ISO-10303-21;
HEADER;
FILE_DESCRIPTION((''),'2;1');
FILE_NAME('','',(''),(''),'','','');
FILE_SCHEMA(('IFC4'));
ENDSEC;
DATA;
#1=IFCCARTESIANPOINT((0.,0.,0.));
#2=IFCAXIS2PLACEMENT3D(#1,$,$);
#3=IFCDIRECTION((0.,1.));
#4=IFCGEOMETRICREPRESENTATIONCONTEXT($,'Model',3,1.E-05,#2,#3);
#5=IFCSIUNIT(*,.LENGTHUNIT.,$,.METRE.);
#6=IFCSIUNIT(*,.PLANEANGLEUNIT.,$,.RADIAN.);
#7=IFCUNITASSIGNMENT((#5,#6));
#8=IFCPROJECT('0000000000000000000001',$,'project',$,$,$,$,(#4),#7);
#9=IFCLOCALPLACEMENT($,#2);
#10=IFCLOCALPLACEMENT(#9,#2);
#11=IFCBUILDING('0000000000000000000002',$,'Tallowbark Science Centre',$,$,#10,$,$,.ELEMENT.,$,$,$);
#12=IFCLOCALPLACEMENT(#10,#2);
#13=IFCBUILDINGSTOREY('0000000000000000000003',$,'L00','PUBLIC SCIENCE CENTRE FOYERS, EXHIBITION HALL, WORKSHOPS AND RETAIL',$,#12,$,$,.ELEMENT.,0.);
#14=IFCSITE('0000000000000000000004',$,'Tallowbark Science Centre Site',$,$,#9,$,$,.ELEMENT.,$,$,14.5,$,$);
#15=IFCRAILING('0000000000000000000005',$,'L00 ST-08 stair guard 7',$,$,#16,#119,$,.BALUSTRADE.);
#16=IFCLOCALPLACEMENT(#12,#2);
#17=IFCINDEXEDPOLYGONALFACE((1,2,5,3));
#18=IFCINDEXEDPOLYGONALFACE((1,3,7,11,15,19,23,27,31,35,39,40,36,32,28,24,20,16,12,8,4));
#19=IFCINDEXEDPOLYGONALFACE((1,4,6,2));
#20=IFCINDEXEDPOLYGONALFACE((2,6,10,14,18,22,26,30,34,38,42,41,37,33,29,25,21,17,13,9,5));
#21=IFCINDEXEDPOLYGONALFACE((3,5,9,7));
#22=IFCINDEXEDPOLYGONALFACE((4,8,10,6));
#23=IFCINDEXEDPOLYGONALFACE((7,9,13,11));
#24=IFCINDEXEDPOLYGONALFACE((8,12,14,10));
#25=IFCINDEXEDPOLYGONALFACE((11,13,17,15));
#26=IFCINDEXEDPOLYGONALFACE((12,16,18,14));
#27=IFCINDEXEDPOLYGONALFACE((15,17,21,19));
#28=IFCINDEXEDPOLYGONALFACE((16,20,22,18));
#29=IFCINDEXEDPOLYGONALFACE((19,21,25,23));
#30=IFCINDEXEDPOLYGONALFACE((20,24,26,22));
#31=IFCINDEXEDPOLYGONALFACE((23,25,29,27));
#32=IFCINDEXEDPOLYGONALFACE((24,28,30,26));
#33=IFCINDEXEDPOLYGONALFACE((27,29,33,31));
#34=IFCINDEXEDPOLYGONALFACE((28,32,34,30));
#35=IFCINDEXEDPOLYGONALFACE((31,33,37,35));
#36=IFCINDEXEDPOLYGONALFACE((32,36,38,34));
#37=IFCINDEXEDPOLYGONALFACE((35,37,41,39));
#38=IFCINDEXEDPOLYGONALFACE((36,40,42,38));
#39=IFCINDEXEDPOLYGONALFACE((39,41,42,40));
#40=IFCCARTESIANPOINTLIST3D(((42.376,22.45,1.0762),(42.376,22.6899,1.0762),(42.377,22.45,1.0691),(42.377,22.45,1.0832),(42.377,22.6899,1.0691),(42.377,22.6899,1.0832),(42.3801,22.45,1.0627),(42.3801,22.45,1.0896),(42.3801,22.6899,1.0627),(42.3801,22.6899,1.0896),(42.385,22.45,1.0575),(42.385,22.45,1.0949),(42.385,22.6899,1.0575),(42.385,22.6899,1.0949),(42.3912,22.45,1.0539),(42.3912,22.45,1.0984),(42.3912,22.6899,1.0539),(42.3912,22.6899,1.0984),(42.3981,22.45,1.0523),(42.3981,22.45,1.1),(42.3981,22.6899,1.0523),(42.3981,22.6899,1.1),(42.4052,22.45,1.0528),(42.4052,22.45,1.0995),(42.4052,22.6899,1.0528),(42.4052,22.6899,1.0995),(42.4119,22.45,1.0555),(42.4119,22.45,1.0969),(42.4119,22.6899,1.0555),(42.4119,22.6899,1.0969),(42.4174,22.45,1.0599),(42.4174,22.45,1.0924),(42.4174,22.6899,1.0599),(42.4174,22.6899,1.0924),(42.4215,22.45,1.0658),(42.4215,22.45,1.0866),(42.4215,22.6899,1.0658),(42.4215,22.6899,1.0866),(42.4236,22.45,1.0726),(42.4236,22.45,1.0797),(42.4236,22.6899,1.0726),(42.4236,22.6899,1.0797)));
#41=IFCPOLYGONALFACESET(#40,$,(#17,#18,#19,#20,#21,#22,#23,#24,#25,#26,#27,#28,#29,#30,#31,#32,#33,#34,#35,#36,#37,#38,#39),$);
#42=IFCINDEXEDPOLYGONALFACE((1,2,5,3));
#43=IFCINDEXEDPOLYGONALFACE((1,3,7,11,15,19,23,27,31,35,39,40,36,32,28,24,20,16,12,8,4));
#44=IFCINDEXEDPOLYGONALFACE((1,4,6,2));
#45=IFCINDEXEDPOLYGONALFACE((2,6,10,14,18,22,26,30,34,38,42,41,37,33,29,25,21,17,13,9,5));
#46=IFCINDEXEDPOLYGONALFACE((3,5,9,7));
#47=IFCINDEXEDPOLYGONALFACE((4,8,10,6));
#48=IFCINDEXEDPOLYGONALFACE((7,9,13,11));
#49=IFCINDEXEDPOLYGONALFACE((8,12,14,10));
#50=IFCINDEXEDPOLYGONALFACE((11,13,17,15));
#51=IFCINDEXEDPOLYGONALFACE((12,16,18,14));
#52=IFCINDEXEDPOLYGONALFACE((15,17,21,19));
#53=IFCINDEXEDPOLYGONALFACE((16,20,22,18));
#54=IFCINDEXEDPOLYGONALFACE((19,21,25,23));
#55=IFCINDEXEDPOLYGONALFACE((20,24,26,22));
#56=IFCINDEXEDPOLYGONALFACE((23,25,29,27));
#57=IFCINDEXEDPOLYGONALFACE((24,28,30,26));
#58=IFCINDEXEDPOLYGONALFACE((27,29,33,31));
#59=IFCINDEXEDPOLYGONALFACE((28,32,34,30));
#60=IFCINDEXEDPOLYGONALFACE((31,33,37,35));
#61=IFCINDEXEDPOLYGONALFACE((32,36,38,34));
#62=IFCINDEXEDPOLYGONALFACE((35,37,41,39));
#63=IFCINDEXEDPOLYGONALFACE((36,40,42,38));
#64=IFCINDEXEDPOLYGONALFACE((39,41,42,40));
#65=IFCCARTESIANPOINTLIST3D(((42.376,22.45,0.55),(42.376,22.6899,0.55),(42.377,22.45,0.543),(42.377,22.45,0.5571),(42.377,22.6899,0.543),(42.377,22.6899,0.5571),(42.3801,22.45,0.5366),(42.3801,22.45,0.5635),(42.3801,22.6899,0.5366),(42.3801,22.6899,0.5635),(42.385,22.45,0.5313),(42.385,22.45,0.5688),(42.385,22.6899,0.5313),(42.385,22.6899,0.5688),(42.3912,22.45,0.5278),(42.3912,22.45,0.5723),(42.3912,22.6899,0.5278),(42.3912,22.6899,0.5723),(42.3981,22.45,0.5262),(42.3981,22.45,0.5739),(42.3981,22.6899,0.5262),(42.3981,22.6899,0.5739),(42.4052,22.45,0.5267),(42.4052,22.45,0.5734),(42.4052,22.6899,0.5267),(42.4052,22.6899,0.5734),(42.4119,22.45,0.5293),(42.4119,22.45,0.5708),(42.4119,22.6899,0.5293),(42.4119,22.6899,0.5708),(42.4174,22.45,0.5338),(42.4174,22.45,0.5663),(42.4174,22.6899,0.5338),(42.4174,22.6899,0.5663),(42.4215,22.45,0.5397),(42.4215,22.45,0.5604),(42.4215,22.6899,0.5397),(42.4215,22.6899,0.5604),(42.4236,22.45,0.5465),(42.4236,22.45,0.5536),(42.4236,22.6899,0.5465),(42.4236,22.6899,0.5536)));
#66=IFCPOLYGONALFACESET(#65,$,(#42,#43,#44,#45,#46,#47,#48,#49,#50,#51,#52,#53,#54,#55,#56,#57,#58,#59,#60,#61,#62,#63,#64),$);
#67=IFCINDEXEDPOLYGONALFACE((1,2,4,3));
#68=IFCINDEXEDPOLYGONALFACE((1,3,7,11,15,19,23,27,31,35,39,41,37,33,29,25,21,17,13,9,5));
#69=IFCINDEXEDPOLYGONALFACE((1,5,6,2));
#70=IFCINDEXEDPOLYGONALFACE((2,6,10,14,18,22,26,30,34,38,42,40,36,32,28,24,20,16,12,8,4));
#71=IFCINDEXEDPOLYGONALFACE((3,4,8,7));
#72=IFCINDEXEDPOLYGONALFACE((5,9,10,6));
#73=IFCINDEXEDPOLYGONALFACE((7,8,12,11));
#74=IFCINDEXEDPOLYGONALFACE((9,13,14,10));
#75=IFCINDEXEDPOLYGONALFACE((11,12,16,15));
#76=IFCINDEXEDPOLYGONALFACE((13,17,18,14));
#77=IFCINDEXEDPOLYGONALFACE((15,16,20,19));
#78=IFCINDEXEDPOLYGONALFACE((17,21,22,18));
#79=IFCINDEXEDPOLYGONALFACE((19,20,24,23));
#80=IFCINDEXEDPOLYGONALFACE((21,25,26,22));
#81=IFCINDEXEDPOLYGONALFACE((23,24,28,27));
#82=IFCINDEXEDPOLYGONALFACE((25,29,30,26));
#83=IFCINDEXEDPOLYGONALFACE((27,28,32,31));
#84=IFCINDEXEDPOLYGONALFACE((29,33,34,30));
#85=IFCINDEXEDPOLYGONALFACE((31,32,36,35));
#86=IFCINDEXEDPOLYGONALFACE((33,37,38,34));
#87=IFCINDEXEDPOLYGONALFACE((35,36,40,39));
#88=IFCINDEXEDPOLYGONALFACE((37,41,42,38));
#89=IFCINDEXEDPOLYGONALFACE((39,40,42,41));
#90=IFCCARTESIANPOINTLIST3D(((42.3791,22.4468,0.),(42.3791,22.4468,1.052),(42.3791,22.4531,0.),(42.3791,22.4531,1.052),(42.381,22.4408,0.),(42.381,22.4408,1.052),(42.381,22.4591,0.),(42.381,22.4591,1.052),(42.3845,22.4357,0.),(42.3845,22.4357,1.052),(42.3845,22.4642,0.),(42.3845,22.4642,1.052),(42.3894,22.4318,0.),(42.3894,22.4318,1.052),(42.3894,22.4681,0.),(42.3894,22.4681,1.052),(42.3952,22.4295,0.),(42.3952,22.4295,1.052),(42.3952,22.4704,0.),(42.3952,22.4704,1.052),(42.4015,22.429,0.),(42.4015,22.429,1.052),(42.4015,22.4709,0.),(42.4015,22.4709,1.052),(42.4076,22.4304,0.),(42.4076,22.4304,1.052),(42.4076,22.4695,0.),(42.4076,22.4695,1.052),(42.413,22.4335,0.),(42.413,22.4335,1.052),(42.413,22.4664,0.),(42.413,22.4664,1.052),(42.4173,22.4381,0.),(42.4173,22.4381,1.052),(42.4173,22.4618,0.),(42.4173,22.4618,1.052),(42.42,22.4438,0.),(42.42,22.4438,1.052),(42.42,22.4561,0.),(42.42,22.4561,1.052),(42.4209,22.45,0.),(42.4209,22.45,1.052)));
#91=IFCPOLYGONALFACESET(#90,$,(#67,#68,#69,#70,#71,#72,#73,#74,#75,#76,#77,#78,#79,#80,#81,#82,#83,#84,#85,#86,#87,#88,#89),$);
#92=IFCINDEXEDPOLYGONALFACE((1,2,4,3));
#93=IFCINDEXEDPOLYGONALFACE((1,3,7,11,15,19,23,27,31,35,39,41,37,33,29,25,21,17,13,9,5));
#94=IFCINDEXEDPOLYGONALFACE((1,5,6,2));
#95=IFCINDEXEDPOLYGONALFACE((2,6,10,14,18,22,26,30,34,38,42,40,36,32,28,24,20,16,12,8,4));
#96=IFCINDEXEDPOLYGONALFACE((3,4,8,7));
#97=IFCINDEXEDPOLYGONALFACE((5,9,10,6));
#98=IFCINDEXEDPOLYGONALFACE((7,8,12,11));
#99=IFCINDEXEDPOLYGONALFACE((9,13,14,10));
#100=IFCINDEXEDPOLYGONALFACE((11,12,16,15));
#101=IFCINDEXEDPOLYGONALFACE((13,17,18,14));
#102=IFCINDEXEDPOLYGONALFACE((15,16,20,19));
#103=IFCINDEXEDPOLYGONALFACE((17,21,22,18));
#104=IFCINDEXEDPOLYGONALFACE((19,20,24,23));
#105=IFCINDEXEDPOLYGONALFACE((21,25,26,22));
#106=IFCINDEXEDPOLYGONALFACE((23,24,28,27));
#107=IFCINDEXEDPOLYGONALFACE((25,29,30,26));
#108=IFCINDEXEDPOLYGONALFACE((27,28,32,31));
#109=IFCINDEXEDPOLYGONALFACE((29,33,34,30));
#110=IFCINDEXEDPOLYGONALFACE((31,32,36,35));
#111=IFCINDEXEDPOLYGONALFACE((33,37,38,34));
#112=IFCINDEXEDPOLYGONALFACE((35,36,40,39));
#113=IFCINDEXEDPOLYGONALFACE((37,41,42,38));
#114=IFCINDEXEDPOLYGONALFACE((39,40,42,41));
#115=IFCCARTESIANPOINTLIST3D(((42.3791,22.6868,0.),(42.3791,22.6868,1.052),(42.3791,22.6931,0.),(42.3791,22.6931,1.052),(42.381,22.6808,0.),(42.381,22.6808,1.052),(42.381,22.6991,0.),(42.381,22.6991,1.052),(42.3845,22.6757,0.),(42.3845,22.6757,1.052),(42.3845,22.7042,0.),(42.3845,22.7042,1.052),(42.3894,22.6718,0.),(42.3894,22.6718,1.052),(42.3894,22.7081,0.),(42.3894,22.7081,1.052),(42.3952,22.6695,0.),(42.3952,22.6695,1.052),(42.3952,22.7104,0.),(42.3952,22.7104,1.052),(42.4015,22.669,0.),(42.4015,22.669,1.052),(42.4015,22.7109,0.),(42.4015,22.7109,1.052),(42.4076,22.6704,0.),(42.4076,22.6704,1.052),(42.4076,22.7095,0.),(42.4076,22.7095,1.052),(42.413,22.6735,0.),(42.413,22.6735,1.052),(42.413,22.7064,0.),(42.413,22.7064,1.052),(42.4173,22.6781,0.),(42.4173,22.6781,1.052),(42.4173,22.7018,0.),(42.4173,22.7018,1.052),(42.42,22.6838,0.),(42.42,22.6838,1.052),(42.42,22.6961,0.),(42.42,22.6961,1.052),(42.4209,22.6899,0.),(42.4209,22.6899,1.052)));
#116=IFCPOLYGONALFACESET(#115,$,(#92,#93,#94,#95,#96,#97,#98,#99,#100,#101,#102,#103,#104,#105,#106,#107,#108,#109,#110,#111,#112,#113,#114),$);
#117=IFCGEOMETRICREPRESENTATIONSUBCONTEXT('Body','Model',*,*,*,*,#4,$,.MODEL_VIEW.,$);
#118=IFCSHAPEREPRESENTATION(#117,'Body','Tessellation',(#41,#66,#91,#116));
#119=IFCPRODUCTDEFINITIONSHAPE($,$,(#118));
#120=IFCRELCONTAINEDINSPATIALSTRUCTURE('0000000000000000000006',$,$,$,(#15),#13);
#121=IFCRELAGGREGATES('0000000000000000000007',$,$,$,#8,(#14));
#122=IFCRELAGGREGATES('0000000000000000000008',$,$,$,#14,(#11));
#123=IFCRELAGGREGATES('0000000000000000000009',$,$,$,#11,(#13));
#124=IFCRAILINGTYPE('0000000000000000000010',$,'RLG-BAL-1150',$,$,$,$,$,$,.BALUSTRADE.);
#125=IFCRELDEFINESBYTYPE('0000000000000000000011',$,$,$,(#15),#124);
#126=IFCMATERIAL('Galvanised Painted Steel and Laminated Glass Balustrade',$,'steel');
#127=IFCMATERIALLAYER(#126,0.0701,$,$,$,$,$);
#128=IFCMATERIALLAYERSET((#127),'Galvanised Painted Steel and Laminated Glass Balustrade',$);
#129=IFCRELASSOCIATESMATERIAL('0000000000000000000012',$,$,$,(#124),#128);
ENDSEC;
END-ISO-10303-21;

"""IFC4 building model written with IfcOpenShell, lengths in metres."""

from ifc_helpers import new_model, si_unit, direction, frame, origin, origin_2d, place, context, subcontext, project, spatial, circle, extrude, material, layer, layer_set, type_object, element, save


model = new_model("IFC4")

# Units and contexts
model_context = context("Model", 3, precision=1e-05, world=origin(), true_north=direction((0.0, 1.0)))
body_context = subcontext(model_context, "Body", "Model", "MODEL_VIEW")
ifc_project = project(units=[si_unit("LENGTHUNIT", "METRE"), si_unit("PLANEANGLEUNIT", "RADIAN")], contexts=[model_context])

# Site, building, storey
site_placement = place(None, origin())
site = spatial("IfcSite", under=ifc_project, at=site_placement, Name="Tallowbark Science Centre Site", CompositionType="ELEMENT", RefElevation=14.5)
building_placement = place(site_placement, origin())
building = spatial("IfcBuilding", under=site, at=building_placement, Name="Tallowbark Science Centre", CompositionType="ELEMENT")
storey_placement = place(building_placement, origin())
storey = spatial("IfcBuildingStorey", under=building, at=storey_placement, Name="L00", Description="PUBLIC SCIENCE CENTRE FOYERS, EXHIBITION HALL, WORKSHOPS AND RETAIL", CompositionType="ELEMENT", Elevation=0.0)

# Railing
ifc_material_1 = material(Name="Galvanised Painted Steel and Laminated Glass Balustrade", Category="steel")
ifc_layer_1 = layer(ifc_material_1, 0.0701)
ifc_layer_set_1 = layer_set([ifc_layer_1], Name="Galvanised Painted Steel and Laminated Glass Balustrade")
railing_type_1 = type_object("IfcRailingType", Name="RLG-BAL-1150", PredefinedType="BALUSTRADE", material=ifc_layer_set_1)
railing_1_placement = place(storey_placement, frame((42.3999, 22.45, 0.0)))
element("IfcRailing", 1, at=railing_1_placement, inside=storey, type_object=railing_type_1, Name="L00 ST-08 stair guard 7", PredefinedType="BALUSTRADE", context=body_context, shape_type="SweptSolid", body=[
    extrude(circle(Radius=0.0239, at=origin_2d()), frame((0.0, 0.0, 1.0762), z_axis=(0.0, 1.0, 0.0), x_axis=(-1.0, 0.0, 0.0)), (0.0, 0.0, 1.0), 0.24),
    extrude(circle(Radius=0.0239, at=origin_2d()), frame((0.0, 0.0, 0.55), z_axis=(0.0, 1.0, 0.0), x_axis=(-1.0, 0.0, 0.0)), (0.0, 0.0, 1.0), 0.24),
    extrude(circle(Radius=0.021, at=origin_2d()), origin(), (0.0, 0.0, 1.0), 1.052),
    extrude(circle(Radius=0.021, at=origin_2d()), frame((0.0, 0.24, 0.0)), (0.0, 0.0, 1.0), 1.052),
])

save(model, "model.ifc")
